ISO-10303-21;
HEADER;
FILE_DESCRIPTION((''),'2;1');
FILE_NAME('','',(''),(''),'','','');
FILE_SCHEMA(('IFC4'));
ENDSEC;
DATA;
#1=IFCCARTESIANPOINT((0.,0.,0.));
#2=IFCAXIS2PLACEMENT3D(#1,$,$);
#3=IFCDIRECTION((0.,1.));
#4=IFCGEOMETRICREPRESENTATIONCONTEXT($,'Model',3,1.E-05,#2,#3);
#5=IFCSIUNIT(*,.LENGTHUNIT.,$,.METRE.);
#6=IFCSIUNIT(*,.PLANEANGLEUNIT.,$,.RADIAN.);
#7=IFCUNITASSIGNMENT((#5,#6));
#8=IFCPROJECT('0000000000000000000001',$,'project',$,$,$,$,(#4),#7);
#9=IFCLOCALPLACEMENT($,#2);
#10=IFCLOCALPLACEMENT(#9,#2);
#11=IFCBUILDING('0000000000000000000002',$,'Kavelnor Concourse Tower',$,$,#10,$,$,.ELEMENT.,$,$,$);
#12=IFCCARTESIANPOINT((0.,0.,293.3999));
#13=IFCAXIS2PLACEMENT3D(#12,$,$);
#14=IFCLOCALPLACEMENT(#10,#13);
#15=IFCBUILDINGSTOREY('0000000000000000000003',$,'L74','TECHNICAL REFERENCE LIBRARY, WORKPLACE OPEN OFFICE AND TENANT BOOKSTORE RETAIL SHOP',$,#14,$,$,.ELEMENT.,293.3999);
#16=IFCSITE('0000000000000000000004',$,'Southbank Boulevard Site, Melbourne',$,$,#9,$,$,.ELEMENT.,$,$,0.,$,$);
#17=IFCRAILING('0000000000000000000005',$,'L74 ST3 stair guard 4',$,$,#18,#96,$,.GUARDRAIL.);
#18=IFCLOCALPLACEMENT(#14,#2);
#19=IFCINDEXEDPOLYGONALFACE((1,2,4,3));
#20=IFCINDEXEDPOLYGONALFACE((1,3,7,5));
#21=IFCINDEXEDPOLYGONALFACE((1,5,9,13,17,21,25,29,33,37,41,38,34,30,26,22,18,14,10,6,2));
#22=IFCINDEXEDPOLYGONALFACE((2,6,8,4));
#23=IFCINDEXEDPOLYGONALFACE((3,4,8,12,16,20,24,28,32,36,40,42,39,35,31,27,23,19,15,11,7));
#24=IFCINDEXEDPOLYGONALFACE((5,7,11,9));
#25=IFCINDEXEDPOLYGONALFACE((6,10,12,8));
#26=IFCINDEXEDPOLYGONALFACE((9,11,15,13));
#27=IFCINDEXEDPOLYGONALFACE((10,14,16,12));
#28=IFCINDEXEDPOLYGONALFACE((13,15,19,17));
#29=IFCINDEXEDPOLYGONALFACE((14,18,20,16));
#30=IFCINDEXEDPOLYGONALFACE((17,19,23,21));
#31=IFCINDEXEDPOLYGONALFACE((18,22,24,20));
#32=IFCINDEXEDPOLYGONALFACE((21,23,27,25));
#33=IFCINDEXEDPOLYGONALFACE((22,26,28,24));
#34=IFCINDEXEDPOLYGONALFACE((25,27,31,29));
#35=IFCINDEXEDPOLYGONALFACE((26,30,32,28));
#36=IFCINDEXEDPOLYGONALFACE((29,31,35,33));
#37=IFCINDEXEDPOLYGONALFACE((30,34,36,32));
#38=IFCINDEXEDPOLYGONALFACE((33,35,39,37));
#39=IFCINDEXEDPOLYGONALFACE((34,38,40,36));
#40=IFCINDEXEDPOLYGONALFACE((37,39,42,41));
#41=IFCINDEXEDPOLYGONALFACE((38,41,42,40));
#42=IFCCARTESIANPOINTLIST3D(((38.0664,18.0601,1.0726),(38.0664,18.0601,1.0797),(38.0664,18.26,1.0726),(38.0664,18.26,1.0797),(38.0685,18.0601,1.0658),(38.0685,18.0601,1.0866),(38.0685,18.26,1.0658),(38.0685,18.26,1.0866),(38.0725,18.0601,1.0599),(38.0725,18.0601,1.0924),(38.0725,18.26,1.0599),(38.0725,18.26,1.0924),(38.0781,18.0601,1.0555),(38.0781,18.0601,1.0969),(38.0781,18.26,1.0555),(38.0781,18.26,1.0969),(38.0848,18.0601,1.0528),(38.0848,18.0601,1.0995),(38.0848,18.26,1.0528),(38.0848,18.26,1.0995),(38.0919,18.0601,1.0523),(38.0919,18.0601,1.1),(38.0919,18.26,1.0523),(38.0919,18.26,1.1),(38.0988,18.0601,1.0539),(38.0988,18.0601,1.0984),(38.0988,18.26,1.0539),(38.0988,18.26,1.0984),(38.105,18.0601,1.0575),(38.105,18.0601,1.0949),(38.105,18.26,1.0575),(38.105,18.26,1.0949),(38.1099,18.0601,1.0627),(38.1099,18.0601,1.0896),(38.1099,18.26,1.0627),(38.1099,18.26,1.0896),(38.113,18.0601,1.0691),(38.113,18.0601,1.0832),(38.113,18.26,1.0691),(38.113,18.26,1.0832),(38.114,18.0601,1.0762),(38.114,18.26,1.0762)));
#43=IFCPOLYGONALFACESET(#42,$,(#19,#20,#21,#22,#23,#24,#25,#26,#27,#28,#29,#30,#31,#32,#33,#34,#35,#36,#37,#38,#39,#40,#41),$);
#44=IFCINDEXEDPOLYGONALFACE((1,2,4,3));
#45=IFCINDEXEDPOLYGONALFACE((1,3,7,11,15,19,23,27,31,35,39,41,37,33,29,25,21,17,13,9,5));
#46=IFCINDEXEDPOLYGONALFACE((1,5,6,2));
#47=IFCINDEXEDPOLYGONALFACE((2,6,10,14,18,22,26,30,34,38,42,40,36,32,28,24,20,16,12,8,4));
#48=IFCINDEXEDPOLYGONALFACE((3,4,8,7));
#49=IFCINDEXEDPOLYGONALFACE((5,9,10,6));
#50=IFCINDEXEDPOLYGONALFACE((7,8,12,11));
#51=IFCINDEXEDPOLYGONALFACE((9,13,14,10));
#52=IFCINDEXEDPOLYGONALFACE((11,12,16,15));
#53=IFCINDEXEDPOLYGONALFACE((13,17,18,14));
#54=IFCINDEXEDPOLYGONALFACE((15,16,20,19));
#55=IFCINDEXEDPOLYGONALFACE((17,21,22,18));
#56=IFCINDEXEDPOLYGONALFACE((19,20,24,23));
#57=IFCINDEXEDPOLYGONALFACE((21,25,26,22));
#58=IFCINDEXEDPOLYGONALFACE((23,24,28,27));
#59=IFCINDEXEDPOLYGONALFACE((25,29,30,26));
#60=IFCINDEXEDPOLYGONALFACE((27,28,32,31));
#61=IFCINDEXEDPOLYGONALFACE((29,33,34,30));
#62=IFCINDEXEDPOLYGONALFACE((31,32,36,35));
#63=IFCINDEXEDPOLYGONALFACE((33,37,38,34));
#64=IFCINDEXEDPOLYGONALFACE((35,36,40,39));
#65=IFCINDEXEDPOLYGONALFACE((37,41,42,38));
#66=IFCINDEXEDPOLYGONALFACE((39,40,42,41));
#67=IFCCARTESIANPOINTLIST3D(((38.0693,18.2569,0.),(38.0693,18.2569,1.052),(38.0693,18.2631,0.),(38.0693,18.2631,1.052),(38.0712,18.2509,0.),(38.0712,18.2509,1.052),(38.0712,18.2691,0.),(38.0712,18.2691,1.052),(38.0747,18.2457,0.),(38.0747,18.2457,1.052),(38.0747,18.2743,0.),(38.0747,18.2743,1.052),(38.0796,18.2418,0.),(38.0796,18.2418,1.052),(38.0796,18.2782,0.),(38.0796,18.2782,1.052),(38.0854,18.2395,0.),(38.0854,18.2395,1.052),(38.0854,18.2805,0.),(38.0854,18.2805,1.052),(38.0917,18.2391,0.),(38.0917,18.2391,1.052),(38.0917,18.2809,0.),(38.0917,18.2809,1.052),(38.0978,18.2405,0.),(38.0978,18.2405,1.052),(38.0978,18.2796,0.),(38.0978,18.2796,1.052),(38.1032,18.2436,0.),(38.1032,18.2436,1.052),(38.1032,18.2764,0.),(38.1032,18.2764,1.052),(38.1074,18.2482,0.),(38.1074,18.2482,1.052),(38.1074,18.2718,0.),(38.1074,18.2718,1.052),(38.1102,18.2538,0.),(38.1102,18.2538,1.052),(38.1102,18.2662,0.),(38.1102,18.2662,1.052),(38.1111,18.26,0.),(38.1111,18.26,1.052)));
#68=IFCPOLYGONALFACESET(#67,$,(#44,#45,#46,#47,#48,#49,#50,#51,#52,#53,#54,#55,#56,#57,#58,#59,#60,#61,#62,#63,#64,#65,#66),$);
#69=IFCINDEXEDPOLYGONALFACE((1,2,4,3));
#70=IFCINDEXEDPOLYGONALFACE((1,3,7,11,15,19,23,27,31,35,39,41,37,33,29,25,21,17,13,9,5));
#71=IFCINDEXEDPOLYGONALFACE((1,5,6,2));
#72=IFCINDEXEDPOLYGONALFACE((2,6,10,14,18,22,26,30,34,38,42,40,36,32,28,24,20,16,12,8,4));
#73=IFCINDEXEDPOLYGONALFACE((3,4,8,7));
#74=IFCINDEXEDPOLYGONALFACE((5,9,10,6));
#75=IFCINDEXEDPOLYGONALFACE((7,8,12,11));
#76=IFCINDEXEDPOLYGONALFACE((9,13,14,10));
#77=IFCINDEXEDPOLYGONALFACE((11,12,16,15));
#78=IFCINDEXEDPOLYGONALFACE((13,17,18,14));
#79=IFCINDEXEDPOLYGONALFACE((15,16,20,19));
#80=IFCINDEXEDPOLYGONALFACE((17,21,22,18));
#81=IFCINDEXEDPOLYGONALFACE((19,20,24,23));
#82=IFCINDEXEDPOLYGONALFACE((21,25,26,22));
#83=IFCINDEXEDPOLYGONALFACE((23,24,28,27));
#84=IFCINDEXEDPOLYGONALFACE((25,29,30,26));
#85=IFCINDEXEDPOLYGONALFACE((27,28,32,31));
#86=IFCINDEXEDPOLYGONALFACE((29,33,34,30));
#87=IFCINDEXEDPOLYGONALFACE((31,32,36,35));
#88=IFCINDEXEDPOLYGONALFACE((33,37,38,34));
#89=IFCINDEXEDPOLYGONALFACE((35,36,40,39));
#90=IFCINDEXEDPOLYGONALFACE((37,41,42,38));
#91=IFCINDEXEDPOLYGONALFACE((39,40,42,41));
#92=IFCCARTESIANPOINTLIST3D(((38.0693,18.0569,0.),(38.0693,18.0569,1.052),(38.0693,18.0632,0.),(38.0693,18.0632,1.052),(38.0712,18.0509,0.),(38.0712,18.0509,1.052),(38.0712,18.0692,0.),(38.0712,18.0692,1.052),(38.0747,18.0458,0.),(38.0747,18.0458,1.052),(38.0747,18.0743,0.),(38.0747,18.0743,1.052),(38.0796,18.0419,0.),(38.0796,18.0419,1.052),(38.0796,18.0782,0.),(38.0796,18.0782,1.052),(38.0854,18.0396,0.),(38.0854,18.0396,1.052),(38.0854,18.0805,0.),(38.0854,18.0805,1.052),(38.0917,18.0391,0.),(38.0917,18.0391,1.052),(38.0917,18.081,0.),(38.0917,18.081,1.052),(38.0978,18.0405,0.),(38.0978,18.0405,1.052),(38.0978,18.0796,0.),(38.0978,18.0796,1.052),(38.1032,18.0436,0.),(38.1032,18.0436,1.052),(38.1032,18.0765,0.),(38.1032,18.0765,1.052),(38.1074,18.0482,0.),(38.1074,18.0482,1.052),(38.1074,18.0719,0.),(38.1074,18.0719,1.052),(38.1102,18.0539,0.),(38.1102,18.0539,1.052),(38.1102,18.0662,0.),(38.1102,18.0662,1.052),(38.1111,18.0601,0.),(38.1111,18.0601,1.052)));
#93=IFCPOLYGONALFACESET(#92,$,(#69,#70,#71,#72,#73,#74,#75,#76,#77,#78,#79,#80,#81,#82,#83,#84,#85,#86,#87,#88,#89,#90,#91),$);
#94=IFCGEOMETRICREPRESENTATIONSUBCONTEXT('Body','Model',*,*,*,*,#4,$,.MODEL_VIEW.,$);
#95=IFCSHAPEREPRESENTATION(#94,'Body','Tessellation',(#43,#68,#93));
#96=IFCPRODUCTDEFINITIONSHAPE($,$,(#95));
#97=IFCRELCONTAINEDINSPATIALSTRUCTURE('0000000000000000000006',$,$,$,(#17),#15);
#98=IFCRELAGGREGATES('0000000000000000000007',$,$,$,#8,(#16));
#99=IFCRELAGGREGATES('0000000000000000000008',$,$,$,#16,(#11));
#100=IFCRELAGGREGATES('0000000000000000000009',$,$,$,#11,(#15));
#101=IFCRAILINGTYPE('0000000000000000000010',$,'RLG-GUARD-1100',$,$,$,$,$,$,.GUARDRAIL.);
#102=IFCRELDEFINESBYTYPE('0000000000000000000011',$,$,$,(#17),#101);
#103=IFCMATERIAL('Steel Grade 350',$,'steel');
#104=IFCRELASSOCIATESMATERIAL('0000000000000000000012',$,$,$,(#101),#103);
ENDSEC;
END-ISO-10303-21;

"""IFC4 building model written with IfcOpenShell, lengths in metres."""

from ifc_helpers import new_model, si_unit, direction, frame, origin, origin_2d, place, context, subcontext, project, spatial, circle, extrude, material, type_object, element, save


model = new_model("IFC4")

# Units and contexts
model_context = context("Model", 3, precision=1e-05, world=origin(), true_north=direction((0.0, 1.0)))
body_context = subcontext(model_context, "Body", "Model", "MODEL_VIEW")
ifc_project = project(units=[si_unit("LENGTHUNIT", "METRE"), si_unit("PLANEANGLEUNIT", "RADIAN")], contexts=[model_context])

# Site, building, storey
site_placement = place(None, origin())
site = spatial("IfcSite", under=ifc_project, at=site_placement, Name="Southbank Boulevard Site, Melbourne", CompositionType="ELEMENT", RefElevation=0.0)
building_placement = place(site_placement, origin())
building = spatial("IfcBuilding", under=site, at=building_placement, Name="Kavelnor Concourse Tower", CompositionType="ELEMENT")
storey_placement = place(building_placement, frame((0.0, 0.0, 293.3999)))
storey = spatial("IfcBuildingStorey", under=building, at=storey_placement, Name="L74", Description="TECHNICAL REFERENCE LIBRARY, WORKPLACE OPEN OFFICE AND TENANT BOOKSTORE RETAIL SHOP", CompositionType="ELEMENT", Elevation=293.3999)

# Shared definitions
ifc_material_1 = material(Name="Steel Grade 350", Category="steel")

# Railing
railing_type_1 = type_object("IfcRailingType", Name="RLG-GUARD-1100", PredefinedType="GUARDRAIL", material=ifc_material_1)
railing_1_placement = place(storey_placement, frame((38.0901, 18.26, 0.0)))
element("IfcRailing", 1, at=railing_1_placement, inside=storey, type_object=railing_type_1, Name="L74 ST3 stair guard 4", PredefinedType="GUARDRAIL", context=body_context, shape_type="SweptSolid", body=[
    extrude(circle(Radius=0.0239, at=origin_2d()), frame((0.0, 0.0, 1.0762), z_axis=(0.0, -1.0, 0.0), x_axis=(1.0, 0.0, 0.0)), (0.0, 0.0, 1.0), 0.2),
    extrude(circle(Radius=0.021, at=origin_2d()), origin(), (0.0, 0.0, 1.0), 1.052),
    extrude(circle(Radius=0.021, at=origin_2d()), frame((0.0, -0.2, 0.0)), (0.0, 0.0, 1.0), 1.052),
])

save(model, "model.ifc")
